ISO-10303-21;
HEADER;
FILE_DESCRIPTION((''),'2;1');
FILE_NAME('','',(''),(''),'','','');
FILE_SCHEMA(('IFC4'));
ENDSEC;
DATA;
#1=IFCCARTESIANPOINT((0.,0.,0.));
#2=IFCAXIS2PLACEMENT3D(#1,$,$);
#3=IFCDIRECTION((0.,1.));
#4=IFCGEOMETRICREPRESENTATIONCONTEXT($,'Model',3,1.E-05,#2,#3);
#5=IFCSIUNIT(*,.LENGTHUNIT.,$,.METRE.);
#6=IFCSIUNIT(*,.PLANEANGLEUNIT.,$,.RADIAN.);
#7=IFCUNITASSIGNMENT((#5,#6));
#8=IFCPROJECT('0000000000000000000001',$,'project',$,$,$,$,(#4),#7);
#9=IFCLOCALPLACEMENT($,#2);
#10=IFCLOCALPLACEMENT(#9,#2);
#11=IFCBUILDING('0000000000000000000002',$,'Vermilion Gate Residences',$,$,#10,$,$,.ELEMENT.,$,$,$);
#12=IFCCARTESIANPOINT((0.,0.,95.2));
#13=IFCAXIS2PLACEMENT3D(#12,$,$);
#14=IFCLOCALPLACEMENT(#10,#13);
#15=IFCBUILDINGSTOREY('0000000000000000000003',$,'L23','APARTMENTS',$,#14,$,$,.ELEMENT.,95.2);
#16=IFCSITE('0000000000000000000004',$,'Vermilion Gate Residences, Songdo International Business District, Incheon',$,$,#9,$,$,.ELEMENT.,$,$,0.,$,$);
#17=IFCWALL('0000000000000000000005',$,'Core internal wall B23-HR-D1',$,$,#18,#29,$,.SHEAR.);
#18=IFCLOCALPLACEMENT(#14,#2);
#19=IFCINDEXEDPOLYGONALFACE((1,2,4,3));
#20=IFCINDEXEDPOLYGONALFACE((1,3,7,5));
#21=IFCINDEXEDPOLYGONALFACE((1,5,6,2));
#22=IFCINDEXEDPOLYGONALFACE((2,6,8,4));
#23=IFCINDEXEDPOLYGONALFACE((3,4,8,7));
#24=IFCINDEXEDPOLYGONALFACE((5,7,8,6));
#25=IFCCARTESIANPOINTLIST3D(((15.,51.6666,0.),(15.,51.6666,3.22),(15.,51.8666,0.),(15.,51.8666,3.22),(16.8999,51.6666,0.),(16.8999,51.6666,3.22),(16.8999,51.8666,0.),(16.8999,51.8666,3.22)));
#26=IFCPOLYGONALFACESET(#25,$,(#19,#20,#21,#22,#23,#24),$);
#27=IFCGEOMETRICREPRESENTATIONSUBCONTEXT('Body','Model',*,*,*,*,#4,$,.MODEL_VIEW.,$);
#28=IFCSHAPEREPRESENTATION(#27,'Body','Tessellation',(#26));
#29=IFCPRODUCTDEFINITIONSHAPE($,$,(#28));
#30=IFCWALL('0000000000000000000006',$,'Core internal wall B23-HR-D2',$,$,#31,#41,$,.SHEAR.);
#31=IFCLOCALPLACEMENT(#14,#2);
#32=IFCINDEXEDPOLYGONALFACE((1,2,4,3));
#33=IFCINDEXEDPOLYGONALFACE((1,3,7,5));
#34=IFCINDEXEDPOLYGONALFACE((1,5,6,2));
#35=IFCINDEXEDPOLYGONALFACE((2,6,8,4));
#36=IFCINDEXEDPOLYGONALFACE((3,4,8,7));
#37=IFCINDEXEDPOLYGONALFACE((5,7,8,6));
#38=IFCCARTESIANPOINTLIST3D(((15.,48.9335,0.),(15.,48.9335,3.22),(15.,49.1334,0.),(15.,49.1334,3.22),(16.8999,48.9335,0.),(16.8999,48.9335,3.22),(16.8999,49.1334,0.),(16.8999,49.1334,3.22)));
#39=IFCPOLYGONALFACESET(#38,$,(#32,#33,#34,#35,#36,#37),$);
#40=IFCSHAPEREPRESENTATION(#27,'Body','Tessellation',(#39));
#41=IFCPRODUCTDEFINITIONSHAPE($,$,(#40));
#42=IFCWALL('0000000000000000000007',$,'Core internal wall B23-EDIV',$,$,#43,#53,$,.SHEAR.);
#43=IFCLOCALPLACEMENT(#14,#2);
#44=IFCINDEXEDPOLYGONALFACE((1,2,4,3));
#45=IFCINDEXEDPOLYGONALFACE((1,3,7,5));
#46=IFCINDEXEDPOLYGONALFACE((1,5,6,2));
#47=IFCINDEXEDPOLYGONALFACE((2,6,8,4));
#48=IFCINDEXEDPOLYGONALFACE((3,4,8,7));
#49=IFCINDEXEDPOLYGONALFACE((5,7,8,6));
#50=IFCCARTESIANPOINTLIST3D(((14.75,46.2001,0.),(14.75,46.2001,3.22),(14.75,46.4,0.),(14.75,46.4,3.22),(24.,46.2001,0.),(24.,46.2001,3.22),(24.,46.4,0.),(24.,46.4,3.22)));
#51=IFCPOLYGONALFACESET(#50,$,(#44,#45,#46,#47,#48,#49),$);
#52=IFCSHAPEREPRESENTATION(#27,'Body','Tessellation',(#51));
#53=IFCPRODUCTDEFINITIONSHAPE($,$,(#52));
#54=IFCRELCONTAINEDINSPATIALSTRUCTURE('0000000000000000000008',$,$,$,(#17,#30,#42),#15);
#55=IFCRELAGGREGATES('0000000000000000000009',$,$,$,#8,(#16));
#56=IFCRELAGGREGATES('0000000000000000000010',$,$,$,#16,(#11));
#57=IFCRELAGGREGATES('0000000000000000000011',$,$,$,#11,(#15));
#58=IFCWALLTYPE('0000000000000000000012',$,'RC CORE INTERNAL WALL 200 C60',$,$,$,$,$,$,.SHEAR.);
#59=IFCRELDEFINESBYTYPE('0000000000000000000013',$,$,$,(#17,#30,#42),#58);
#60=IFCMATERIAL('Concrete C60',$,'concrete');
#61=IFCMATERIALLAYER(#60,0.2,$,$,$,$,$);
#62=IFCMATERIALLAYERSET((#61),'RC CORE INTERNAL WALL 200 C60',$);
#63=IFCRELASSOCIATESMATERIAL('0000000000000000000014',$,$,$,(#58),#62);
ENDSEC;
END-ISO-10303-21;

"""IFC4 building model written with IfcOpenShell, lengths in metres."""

from ifc_helpers import new_model, si_unit, direction, frame, frame_2d, origin, place, context, subcontext, project, spatial, rectangle, extrude, material, layer, layer_set, type_object, element, save


model = new_model("IFC4")

# Units and contexts
model_context = context("Model", 3, precision=1e-05, world=origin(), true_north=direction((0.0, 1.0)))
body_context = subcontext(model_context, "Body", "Model", "MODEL_VIEW")
ifc_project = project(units=[si_unit("LENGTHUNIT", "METRE"), si_unit("PLANEANGLEUNIT", "RADIAN")], contexts=[model_context])

# Site, building, storey
site_placement = place(None, origin())
site = spatial("IfcSite", under=ifc_project, at=site_placement, Name="Vermilion Gate Residences, Songdo International Business District, Incheon", CompositionType="ELEMENT", RefElevation=0.0)
building_placement = place(site_placement, origin())
building = spatial("IfcBuilding", under=site, at=building_placement, Name="Vermilion Gate Residences", CompositionType="ELEMENT")
storey_placement = place(building_placement, frame((0.0, 0.0, 95.2)))
storey = spatial("IfcBuildingStorey", under=building, at=storey_placement, Name="L23", Description="APARTMENTS", CompositionType="ELEMENT", Elevation=95.2)

# Walls
ifc_material_1 = material(Name="Concrete C60", Category="concrete")
ifc_layer_1 = layer(ifc_material_1, 0.2)
ifc_layer_set_1 = layer_set([ifc_layer_1], Name="RC CORE INTERNAL WALL 200 C60")
wall_type_1 = type_object("IfcWallType", Name="RC CORE INTERNAL WALL 200 C60", PredefinedType="SHEAR", material=ifc_layer_set_1)
for number, where, z_axis, x_axis, name in (
    (1, (15.0, 51.7666, 0.0), (0.0, 0.0, 1.0), (1.0, 0.0, 0.0), "Core internal wall B23-HR-D1"),
    (2, (15.0, 49.0334, 0.0), (0.0, 0.0, 1.0), (1.0, 0.0, 0.0), "Core internal wall B23-HR-D2"),
):
    element("IfcWall", number, at=place(storey_placement, frame(where, z_axis=z_axis, x_axis=x_axis)), inside=storey, type_object=wall_type_1, Name=name, PredefinedType="SHEAR", context=body_context, shape_type="SweptSolid", body=[
        extrude(rectangle(XDim=1.8999, YDim=0.2, at=frame_2d((0.95, 0.0))), origin(), (0.0, 0.0, 1.0), 3.22),
    ])
wall_1_placement = place(storey_placement, frame((14.75, 46.3, 0.0), z_axis=(0.0, 0.0, 1.0), x_axis=(1.0, 0.0, 0.0)))
element("IfcWall", 3, at=wall_1_placement, inside=storey, type_object=wall_type_1, Name="Core internal wall B23-EDIV", PredefinedType="SHEAR", context=body_context, shape_type="SweptSolid", body=[
    extrude(rectangle(XDim=9.25, YDim=0.2, at=frame_2d((4.625, 0.0))), origin(), (0.0, 0.0, 1.0), 3.22),
])

save(model, "model.ifc")
